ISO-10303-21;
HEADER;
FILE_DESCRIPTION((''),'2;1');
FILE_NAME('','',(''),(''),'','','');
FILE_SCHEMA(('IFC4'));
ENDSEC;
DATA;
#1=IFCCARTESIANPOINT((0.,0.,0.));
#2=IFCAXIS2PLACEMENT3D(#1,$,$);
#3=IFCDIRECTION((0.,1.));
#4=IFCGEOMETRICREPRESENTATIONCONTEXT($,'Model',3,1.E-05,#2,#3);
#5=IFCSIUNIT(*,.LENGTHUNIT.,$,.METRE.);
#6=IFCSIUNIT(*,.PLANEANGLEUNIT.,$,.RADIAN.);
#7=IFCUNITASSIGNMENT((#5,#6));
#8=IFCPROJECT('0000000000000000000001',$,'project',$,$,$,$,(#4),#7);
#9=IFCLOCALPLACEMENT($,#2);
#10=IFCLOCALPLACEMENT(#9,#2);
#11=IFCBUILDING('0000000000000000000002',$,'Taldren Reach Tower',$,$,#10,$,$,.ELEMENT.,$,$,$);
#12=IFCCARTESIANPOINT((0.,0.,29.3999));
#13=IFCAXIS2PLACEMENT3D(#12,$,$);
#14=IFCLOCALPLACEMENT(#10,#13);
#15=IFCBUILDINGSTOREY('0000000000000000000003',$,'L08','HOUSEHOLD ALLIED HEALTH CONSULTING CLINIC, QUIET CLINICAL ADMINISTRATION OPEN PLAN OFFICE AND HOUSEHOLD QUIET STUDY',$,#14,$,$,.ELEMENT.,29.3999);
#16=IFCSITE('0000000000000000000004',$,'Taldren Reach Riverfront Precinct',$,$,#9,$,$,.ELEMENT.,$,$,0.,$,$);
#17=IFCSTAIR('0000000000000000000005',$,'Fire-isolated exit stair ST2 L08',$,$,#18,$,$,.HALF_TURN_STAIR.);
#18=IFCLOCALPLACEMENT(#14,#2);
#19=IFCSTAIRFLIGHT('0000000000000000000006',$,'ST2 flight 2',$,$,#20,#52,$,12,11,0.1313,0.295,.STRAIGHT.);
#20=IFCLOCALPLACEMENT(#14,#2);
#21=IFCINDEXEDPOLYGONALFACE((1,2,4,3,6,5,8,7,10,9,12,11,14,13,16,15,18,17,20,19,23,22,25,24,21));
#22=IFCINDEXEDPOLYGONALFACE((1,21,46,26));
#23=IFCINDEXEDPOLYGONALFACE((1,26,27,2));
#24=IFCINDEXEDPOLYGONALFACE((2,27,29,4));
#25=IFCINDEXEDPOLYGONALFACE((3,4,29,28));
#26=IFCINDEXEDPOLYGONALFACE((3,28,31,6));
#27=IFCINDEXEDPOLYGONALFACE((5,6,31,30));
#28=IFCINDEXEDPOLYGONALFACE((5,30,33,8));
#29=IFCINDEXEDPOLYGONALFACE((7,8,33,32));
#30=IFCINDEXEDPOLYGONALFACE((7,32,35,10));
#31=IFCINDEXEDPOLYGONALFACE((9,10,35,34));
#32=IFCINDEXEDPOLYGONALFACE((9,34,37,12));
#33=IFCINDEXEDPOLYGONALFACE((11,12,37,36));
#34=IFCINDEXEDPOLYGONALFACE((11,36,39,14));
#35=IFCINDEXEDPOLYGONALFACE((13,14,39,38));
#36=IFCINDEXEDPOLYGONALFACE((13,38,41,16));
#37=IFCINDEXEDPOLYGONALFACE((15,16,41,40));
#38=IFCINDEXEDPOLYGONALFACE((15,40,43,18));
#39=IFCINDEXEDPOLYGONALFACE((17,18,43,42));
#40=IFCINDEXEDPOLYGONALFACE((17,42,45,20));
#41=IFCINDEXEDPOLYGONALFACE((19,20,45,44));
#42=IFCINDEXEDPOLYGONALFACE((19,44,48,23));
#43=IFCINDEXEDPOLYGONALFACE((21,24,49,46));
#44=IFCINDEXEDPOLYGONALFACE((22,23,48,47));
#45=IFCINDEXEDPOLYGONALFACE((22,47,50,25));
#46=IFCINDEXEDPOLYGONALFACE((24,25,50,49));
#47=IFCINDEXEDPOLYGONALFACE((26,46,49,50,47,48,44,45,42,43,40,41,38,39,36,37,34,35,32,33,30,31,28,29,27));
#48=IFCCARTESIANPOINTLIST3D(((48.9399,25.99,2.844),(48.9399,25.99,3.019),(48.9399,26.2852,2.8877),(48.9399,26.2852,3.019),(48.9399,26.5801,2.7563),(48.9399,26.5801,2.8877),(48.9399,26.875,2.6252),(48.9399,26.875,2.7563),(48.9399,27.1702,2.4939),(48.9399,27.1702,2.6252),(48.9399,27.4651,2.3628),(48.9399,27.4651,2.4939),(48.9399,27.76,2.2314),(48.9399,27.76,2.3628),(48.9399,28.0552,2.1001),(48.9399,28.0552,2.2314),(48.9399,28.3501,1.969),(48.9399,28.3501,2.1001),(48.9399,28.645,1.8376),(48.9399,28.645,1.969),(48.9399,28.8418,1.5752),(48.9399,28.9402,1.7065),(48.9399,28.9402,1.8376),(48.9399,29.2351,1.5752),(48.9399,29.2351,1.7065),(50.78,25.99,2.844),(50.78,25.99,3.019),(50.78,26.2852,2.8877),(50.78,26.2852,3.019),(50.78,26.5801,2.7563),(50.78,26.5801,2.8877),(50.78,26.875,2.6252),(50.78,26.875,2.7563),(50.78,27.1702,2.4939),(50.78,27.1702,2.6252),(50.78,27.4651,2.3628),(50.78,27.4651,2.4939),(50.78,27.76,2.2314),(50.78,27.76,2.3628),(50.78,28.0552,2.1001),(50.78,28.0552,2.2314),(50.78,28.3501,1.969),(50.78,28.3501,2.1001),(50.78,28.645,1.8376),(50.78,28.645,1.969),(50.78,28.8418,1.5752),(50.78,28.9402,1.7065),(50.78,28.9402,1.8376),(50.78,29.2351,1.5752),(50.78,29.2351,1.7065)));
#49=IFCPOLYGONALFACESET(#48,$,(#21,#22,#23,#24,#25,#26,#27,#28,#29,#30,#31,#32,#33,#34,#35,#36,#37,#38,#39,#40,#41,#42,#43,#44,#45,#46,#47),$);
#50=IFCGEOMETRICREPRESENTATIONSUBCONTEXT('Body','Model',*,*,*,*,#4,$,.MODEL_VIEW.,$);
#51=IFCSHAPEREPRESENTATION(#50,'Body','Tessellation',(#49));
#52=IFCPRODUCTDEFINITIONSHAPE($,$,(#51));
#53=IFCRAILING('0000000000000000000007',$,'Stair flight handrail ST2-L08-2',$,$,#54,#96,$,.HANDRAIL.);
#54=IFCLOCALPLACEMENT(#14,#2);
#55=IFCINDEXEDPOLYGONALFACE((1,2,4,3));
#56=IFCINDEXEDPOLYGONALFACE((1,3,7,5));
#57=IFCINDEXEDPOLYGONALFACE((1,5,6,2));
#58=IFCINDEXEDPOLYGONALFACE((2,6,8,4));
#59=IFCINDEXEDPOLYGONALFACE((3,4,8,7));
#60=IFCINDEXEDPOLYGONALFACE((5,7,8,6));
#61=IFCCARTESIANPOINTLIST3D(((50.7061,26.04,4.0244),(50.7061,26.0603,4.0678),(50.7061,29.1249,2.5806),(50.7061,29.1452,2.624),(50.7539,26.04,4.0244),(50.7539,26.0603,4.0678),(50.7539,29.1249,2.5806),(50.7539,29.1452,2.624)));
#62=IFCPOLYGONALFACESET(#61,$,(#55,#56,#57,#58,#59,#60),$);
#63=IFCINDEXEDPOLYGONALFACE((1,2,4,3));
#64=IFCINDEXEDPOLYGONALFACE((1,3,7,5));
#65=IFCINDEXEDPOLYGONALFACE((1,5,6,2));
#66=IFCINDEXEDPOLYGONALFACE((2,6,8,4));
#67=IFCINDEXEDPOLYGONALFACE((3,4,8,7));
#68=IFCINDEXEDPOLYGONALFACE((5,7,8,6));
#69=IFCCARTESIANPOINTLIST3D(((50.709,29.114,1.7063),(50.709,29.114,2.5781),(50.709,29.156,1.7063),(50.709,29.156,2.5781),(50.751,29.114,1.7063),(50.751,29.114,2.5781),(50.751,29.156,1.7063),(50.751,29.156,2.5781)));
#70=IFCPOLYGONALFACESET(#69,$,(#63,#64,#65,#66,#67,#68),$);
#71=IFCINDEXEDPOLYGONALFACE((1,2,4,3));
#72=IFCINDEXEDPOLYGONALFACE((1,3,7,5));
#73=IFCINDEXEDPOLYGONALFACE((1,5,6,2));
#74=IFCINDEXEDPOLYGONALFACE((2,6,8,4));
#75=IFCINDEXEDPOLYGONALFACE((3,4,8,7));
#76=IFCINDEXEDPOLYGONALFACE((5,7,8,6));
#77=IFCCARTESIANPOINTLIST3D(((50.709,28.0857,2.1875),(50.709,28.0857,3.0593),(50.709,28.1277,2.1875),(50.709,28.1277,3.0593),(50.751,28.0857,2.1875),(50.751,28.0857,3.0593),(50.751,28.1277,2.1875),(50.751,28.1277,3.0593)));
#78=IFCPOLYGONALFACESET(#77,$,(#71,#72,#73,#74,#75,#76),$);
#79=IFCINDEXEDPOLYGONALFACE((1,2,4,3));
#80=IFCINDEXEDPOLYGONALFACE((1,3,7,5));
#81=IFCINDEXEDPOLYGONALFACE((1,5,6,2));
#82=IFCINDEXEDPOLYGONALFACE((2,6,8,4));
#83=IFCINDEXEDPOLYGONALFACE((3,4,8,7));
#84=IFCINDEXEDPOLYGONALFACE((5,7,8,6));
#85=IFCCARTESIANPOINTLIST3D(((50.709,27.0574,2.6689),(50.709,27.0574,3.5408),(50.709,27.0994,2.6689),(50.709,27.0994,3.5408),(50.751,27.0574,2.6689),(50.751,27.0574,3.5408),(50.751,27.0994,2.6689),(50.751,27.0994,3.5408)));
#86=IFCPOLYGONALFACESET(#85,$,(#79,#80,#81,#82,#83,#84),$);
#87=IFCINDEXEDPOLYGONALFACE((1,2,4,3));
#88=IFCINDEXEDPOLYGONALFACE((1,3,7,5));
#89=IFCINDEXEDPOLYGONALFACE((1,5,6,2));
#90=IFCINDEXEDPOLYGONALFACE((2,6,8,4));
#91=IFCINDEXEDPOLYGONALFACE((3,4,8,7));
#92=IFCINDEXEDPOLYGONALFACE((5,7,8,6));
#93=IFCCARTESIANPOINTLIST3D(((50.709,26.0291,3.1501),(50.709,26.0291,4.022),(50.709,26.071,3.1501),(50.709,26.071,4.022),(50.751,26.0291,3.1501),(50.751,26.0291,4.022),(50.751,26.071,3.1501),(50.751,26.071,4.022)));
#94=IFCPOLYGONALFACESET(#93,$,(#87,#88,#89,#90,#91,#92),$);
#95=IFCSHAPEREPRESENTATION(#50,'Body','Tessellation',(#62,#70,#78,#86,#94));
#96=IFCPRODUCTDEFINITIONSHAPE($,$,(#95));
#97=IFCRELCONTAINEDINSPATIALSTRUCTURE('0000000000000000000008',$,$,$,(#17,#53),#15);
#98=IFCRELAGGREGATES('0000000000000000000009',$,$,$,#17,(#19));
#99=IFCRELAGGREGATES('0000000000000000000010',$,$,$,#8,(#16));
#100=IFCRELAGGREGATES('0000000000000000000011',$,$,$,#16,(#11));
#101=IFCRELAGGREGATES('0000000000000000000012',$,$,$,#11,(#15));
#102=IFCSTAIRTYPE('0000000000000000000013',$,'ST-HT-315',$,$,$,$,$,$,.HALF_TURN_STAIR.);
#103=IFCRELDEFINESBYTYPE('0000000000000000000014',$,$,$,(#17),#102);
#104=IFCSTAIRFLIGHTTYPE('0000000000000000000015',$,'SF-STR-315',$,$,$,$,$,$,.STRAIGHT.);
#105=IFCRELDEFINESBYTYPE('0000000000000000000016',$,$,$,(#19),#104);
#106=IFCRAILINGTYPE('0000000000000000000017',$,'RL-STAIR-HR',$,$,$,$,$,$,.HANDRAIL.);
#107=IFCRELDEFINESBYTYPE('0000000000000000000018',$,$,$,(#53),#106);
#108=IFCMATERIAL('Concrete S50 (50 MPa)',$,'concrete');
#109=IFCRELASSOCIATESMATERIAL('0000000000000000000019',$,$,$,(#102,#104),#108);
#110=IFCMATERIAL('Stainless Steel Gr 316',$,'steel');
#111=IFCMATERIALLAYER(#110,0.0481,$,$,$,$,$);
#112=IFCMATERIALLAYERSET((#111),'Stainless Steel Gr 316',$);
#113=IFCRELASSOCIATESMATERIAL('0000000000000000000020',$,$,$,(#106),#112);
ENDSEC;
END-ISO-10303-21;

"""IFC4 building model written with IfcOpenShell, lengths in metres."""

from ifc_helpers import new_model, si_unit, direction, frame, origin, origin_2d, place, context, subcontext, project, spatial, polyline, rectangle, outline, extrude, material, layer, layer_set, type_object, element, aggregate, save


model = new_model("IFC4")

# Units and contexts
model_context = context("Model", 3, precision=1e-05, world=origin(), true_north=direction((0.0, 1.0)))
body_context = subcontext(model_context, "Body", "Model", "MODEL_VIEW")
ifc_project = project(units=[si_unit("LENGTHUNIT", "METRE"), si_unit("PLANEANGLEUNIT", "RADIAN")], contexts=[model_context])

# Site, building, storey
site_placement = place(None, origin())
site = spatial("IfcSite", under=ifc_project, at=site_placement, Name="Taldren Reach Riverfront Precinct", CompositionType="ELEMENT", RefElevation=0.0)
building_placement = place(site_placement, origin())
building = spatial("IfcBuilding", under=site, at=building_placement, Name="Taldren Reach Tower", CompositionType="ELEMENT")
storey_placement = place(building_placement, frame((0.0, 0.0, 29.3999)))
storey = spatial("IfcBuildingStorey", under=building, at=storey_placement, Name="L08", Description="HOUSEHOLD ALLIED HEALTH CONSULTING CLINIC, QUIET CLINICAL ADMINISTRATION OPEN PLAN OFFICE AND HOUSEHOLD QUIET STUDY", CompositionType="ELEMENT", Elevation=29.3999)

# Stair, stair flight
ifc_material_1 = material(Name="Concrete S50 (50 MPa)", Category="concrete")
stair_type = type_object("IfcStairType", Name="ST-HT-315", PredefinedType="HALF_TURN_STAIR", material=ifc_material_1)
stair_placement = place(storey_placement, origin())
stair = element("IfcStair", 1, at=stair_placement, inside=storey, type_object=stair_type, Name="Fire-isolated exit stair ST2 L08", PredefinedType="HALF_TURN_STAIR")
stair_flight_type = type_object("IfcStairFlightType", Name="SF-STR-315", PredefinedType="STRAIGHT", material=ifc_material_1)
stair_flight_placement = place(storey_placement, frame((49.8601, 29.2351, 1.5752), z_axis=(0.0, 0.0, 1.0), x_axis=(0.0, -1.0, 0.0)))
stair_flight = element("IfcStairFlight", 2, at=stair_flight_placement, type_object=stair_flight_type, Name="ST2 flight 2", NumberOfRisers=12, NumberOfTreads=11, PredefinedType="STRAIGHT", RiserHeight=0.1313, TreadLength=0.295, context=body_context, shape_type="SweptSolid", body=[
    extrude(outline(polyline([(0.0, 0.0), (0.0, 0.1313), (0.2949, 0.1313), (0.2949, 0.2625), (0.5901, 0.2625), (0.5901, 0.3938), (0.885, 0.3938), (0.885, 0.5249), (1.1799, 0.5249), (1.1799, 0.6562), (1.4751, 0.6562), (1.4751, 0.7876), (1.77, 0.7876), (1.77, 0.9187), (2.0649, 0.9187), (2.0649, 1.05), (2.3601, 1.05), (2.3601, 1.1812), (2.655, 1.1812), (2.655, 1.3125), (2.95, 1.3125), (2.95, 1.4438), (3.2451, 1.4438), (3.2451, 1.575), (3.2451, 1.2688), (0.3933, 0.0), (0.0, 0.0)])), frame((0.0, 0.9199, 0.0), z_axis=(0.0, -1.0, 0.0), x_axis=(1.0, 0.0, 0.0)), (0.0, 0.0, 1.0), 1.8401),
])
aggregate(stair, [stair_flight])

# Railing
ifc_material_2 = material(Name="Stainless Steel Gr 316", Category="steel")
ifc_layer_1 = layer(ifc_material_2, 0.0481)
ifc_layer_set_1 = layer_set([ifc_layer_1], Name="Stainless Steel Gr 316")
railing_type = type_object("IfcRailingType", Name="RL-STAIR-HR", PredefinedType="HANDRAIL", material=ifc_layer_set_1)
railing_placement = place(storey_placement, frame((50.73, 29.135, 1.7063)))
element("IfcRailing", 3, at=railing_placement, inside=storey, type_object=railing_type, Name="Stair flight handrail ST2-L08-2", PredefinedType="HANDRAIL", context=body_context, shape_type="SweptSolid", body=[
    extrude(rectangle(XDim=0.0479, YDim=0.0479, at=origin_2d()), frame((0.0, 0.0, 0.896), z_axis=(0.0, -0.90571, 0.423898), x_axis=(1.0, 0.0, 0.0)), (0.0, 0.0, 1.0), 3.406),
    extrude(rectangle(XDim=0.042, YDim=0.042, at=origin_2d()), origin(), (0.0, 0.0, 1.0), 0.8718),
    extrude(rectangle(XDim=0.042, YDim=0.042, at=origin_2d()), frame((0.0, -1.0283, 0.4812)), (0.0, 0.0, 1.0), 0.8718),
    extrude(rectangle(XDim=0.042, YDim=0.042, at=origin_2d()), frame((0.0, -2.0566, 0.9626)), (0.0, 0.0, 1.0), 0.8718),
    extrude(rectangle(XDim=0.042, YDim=0.042, at=origin_2d()), frame((0.0, -3.085, 1.4438)), (0.0, 0.0, 1.0), 0.8718),
])

save(model, "model.ifc")
